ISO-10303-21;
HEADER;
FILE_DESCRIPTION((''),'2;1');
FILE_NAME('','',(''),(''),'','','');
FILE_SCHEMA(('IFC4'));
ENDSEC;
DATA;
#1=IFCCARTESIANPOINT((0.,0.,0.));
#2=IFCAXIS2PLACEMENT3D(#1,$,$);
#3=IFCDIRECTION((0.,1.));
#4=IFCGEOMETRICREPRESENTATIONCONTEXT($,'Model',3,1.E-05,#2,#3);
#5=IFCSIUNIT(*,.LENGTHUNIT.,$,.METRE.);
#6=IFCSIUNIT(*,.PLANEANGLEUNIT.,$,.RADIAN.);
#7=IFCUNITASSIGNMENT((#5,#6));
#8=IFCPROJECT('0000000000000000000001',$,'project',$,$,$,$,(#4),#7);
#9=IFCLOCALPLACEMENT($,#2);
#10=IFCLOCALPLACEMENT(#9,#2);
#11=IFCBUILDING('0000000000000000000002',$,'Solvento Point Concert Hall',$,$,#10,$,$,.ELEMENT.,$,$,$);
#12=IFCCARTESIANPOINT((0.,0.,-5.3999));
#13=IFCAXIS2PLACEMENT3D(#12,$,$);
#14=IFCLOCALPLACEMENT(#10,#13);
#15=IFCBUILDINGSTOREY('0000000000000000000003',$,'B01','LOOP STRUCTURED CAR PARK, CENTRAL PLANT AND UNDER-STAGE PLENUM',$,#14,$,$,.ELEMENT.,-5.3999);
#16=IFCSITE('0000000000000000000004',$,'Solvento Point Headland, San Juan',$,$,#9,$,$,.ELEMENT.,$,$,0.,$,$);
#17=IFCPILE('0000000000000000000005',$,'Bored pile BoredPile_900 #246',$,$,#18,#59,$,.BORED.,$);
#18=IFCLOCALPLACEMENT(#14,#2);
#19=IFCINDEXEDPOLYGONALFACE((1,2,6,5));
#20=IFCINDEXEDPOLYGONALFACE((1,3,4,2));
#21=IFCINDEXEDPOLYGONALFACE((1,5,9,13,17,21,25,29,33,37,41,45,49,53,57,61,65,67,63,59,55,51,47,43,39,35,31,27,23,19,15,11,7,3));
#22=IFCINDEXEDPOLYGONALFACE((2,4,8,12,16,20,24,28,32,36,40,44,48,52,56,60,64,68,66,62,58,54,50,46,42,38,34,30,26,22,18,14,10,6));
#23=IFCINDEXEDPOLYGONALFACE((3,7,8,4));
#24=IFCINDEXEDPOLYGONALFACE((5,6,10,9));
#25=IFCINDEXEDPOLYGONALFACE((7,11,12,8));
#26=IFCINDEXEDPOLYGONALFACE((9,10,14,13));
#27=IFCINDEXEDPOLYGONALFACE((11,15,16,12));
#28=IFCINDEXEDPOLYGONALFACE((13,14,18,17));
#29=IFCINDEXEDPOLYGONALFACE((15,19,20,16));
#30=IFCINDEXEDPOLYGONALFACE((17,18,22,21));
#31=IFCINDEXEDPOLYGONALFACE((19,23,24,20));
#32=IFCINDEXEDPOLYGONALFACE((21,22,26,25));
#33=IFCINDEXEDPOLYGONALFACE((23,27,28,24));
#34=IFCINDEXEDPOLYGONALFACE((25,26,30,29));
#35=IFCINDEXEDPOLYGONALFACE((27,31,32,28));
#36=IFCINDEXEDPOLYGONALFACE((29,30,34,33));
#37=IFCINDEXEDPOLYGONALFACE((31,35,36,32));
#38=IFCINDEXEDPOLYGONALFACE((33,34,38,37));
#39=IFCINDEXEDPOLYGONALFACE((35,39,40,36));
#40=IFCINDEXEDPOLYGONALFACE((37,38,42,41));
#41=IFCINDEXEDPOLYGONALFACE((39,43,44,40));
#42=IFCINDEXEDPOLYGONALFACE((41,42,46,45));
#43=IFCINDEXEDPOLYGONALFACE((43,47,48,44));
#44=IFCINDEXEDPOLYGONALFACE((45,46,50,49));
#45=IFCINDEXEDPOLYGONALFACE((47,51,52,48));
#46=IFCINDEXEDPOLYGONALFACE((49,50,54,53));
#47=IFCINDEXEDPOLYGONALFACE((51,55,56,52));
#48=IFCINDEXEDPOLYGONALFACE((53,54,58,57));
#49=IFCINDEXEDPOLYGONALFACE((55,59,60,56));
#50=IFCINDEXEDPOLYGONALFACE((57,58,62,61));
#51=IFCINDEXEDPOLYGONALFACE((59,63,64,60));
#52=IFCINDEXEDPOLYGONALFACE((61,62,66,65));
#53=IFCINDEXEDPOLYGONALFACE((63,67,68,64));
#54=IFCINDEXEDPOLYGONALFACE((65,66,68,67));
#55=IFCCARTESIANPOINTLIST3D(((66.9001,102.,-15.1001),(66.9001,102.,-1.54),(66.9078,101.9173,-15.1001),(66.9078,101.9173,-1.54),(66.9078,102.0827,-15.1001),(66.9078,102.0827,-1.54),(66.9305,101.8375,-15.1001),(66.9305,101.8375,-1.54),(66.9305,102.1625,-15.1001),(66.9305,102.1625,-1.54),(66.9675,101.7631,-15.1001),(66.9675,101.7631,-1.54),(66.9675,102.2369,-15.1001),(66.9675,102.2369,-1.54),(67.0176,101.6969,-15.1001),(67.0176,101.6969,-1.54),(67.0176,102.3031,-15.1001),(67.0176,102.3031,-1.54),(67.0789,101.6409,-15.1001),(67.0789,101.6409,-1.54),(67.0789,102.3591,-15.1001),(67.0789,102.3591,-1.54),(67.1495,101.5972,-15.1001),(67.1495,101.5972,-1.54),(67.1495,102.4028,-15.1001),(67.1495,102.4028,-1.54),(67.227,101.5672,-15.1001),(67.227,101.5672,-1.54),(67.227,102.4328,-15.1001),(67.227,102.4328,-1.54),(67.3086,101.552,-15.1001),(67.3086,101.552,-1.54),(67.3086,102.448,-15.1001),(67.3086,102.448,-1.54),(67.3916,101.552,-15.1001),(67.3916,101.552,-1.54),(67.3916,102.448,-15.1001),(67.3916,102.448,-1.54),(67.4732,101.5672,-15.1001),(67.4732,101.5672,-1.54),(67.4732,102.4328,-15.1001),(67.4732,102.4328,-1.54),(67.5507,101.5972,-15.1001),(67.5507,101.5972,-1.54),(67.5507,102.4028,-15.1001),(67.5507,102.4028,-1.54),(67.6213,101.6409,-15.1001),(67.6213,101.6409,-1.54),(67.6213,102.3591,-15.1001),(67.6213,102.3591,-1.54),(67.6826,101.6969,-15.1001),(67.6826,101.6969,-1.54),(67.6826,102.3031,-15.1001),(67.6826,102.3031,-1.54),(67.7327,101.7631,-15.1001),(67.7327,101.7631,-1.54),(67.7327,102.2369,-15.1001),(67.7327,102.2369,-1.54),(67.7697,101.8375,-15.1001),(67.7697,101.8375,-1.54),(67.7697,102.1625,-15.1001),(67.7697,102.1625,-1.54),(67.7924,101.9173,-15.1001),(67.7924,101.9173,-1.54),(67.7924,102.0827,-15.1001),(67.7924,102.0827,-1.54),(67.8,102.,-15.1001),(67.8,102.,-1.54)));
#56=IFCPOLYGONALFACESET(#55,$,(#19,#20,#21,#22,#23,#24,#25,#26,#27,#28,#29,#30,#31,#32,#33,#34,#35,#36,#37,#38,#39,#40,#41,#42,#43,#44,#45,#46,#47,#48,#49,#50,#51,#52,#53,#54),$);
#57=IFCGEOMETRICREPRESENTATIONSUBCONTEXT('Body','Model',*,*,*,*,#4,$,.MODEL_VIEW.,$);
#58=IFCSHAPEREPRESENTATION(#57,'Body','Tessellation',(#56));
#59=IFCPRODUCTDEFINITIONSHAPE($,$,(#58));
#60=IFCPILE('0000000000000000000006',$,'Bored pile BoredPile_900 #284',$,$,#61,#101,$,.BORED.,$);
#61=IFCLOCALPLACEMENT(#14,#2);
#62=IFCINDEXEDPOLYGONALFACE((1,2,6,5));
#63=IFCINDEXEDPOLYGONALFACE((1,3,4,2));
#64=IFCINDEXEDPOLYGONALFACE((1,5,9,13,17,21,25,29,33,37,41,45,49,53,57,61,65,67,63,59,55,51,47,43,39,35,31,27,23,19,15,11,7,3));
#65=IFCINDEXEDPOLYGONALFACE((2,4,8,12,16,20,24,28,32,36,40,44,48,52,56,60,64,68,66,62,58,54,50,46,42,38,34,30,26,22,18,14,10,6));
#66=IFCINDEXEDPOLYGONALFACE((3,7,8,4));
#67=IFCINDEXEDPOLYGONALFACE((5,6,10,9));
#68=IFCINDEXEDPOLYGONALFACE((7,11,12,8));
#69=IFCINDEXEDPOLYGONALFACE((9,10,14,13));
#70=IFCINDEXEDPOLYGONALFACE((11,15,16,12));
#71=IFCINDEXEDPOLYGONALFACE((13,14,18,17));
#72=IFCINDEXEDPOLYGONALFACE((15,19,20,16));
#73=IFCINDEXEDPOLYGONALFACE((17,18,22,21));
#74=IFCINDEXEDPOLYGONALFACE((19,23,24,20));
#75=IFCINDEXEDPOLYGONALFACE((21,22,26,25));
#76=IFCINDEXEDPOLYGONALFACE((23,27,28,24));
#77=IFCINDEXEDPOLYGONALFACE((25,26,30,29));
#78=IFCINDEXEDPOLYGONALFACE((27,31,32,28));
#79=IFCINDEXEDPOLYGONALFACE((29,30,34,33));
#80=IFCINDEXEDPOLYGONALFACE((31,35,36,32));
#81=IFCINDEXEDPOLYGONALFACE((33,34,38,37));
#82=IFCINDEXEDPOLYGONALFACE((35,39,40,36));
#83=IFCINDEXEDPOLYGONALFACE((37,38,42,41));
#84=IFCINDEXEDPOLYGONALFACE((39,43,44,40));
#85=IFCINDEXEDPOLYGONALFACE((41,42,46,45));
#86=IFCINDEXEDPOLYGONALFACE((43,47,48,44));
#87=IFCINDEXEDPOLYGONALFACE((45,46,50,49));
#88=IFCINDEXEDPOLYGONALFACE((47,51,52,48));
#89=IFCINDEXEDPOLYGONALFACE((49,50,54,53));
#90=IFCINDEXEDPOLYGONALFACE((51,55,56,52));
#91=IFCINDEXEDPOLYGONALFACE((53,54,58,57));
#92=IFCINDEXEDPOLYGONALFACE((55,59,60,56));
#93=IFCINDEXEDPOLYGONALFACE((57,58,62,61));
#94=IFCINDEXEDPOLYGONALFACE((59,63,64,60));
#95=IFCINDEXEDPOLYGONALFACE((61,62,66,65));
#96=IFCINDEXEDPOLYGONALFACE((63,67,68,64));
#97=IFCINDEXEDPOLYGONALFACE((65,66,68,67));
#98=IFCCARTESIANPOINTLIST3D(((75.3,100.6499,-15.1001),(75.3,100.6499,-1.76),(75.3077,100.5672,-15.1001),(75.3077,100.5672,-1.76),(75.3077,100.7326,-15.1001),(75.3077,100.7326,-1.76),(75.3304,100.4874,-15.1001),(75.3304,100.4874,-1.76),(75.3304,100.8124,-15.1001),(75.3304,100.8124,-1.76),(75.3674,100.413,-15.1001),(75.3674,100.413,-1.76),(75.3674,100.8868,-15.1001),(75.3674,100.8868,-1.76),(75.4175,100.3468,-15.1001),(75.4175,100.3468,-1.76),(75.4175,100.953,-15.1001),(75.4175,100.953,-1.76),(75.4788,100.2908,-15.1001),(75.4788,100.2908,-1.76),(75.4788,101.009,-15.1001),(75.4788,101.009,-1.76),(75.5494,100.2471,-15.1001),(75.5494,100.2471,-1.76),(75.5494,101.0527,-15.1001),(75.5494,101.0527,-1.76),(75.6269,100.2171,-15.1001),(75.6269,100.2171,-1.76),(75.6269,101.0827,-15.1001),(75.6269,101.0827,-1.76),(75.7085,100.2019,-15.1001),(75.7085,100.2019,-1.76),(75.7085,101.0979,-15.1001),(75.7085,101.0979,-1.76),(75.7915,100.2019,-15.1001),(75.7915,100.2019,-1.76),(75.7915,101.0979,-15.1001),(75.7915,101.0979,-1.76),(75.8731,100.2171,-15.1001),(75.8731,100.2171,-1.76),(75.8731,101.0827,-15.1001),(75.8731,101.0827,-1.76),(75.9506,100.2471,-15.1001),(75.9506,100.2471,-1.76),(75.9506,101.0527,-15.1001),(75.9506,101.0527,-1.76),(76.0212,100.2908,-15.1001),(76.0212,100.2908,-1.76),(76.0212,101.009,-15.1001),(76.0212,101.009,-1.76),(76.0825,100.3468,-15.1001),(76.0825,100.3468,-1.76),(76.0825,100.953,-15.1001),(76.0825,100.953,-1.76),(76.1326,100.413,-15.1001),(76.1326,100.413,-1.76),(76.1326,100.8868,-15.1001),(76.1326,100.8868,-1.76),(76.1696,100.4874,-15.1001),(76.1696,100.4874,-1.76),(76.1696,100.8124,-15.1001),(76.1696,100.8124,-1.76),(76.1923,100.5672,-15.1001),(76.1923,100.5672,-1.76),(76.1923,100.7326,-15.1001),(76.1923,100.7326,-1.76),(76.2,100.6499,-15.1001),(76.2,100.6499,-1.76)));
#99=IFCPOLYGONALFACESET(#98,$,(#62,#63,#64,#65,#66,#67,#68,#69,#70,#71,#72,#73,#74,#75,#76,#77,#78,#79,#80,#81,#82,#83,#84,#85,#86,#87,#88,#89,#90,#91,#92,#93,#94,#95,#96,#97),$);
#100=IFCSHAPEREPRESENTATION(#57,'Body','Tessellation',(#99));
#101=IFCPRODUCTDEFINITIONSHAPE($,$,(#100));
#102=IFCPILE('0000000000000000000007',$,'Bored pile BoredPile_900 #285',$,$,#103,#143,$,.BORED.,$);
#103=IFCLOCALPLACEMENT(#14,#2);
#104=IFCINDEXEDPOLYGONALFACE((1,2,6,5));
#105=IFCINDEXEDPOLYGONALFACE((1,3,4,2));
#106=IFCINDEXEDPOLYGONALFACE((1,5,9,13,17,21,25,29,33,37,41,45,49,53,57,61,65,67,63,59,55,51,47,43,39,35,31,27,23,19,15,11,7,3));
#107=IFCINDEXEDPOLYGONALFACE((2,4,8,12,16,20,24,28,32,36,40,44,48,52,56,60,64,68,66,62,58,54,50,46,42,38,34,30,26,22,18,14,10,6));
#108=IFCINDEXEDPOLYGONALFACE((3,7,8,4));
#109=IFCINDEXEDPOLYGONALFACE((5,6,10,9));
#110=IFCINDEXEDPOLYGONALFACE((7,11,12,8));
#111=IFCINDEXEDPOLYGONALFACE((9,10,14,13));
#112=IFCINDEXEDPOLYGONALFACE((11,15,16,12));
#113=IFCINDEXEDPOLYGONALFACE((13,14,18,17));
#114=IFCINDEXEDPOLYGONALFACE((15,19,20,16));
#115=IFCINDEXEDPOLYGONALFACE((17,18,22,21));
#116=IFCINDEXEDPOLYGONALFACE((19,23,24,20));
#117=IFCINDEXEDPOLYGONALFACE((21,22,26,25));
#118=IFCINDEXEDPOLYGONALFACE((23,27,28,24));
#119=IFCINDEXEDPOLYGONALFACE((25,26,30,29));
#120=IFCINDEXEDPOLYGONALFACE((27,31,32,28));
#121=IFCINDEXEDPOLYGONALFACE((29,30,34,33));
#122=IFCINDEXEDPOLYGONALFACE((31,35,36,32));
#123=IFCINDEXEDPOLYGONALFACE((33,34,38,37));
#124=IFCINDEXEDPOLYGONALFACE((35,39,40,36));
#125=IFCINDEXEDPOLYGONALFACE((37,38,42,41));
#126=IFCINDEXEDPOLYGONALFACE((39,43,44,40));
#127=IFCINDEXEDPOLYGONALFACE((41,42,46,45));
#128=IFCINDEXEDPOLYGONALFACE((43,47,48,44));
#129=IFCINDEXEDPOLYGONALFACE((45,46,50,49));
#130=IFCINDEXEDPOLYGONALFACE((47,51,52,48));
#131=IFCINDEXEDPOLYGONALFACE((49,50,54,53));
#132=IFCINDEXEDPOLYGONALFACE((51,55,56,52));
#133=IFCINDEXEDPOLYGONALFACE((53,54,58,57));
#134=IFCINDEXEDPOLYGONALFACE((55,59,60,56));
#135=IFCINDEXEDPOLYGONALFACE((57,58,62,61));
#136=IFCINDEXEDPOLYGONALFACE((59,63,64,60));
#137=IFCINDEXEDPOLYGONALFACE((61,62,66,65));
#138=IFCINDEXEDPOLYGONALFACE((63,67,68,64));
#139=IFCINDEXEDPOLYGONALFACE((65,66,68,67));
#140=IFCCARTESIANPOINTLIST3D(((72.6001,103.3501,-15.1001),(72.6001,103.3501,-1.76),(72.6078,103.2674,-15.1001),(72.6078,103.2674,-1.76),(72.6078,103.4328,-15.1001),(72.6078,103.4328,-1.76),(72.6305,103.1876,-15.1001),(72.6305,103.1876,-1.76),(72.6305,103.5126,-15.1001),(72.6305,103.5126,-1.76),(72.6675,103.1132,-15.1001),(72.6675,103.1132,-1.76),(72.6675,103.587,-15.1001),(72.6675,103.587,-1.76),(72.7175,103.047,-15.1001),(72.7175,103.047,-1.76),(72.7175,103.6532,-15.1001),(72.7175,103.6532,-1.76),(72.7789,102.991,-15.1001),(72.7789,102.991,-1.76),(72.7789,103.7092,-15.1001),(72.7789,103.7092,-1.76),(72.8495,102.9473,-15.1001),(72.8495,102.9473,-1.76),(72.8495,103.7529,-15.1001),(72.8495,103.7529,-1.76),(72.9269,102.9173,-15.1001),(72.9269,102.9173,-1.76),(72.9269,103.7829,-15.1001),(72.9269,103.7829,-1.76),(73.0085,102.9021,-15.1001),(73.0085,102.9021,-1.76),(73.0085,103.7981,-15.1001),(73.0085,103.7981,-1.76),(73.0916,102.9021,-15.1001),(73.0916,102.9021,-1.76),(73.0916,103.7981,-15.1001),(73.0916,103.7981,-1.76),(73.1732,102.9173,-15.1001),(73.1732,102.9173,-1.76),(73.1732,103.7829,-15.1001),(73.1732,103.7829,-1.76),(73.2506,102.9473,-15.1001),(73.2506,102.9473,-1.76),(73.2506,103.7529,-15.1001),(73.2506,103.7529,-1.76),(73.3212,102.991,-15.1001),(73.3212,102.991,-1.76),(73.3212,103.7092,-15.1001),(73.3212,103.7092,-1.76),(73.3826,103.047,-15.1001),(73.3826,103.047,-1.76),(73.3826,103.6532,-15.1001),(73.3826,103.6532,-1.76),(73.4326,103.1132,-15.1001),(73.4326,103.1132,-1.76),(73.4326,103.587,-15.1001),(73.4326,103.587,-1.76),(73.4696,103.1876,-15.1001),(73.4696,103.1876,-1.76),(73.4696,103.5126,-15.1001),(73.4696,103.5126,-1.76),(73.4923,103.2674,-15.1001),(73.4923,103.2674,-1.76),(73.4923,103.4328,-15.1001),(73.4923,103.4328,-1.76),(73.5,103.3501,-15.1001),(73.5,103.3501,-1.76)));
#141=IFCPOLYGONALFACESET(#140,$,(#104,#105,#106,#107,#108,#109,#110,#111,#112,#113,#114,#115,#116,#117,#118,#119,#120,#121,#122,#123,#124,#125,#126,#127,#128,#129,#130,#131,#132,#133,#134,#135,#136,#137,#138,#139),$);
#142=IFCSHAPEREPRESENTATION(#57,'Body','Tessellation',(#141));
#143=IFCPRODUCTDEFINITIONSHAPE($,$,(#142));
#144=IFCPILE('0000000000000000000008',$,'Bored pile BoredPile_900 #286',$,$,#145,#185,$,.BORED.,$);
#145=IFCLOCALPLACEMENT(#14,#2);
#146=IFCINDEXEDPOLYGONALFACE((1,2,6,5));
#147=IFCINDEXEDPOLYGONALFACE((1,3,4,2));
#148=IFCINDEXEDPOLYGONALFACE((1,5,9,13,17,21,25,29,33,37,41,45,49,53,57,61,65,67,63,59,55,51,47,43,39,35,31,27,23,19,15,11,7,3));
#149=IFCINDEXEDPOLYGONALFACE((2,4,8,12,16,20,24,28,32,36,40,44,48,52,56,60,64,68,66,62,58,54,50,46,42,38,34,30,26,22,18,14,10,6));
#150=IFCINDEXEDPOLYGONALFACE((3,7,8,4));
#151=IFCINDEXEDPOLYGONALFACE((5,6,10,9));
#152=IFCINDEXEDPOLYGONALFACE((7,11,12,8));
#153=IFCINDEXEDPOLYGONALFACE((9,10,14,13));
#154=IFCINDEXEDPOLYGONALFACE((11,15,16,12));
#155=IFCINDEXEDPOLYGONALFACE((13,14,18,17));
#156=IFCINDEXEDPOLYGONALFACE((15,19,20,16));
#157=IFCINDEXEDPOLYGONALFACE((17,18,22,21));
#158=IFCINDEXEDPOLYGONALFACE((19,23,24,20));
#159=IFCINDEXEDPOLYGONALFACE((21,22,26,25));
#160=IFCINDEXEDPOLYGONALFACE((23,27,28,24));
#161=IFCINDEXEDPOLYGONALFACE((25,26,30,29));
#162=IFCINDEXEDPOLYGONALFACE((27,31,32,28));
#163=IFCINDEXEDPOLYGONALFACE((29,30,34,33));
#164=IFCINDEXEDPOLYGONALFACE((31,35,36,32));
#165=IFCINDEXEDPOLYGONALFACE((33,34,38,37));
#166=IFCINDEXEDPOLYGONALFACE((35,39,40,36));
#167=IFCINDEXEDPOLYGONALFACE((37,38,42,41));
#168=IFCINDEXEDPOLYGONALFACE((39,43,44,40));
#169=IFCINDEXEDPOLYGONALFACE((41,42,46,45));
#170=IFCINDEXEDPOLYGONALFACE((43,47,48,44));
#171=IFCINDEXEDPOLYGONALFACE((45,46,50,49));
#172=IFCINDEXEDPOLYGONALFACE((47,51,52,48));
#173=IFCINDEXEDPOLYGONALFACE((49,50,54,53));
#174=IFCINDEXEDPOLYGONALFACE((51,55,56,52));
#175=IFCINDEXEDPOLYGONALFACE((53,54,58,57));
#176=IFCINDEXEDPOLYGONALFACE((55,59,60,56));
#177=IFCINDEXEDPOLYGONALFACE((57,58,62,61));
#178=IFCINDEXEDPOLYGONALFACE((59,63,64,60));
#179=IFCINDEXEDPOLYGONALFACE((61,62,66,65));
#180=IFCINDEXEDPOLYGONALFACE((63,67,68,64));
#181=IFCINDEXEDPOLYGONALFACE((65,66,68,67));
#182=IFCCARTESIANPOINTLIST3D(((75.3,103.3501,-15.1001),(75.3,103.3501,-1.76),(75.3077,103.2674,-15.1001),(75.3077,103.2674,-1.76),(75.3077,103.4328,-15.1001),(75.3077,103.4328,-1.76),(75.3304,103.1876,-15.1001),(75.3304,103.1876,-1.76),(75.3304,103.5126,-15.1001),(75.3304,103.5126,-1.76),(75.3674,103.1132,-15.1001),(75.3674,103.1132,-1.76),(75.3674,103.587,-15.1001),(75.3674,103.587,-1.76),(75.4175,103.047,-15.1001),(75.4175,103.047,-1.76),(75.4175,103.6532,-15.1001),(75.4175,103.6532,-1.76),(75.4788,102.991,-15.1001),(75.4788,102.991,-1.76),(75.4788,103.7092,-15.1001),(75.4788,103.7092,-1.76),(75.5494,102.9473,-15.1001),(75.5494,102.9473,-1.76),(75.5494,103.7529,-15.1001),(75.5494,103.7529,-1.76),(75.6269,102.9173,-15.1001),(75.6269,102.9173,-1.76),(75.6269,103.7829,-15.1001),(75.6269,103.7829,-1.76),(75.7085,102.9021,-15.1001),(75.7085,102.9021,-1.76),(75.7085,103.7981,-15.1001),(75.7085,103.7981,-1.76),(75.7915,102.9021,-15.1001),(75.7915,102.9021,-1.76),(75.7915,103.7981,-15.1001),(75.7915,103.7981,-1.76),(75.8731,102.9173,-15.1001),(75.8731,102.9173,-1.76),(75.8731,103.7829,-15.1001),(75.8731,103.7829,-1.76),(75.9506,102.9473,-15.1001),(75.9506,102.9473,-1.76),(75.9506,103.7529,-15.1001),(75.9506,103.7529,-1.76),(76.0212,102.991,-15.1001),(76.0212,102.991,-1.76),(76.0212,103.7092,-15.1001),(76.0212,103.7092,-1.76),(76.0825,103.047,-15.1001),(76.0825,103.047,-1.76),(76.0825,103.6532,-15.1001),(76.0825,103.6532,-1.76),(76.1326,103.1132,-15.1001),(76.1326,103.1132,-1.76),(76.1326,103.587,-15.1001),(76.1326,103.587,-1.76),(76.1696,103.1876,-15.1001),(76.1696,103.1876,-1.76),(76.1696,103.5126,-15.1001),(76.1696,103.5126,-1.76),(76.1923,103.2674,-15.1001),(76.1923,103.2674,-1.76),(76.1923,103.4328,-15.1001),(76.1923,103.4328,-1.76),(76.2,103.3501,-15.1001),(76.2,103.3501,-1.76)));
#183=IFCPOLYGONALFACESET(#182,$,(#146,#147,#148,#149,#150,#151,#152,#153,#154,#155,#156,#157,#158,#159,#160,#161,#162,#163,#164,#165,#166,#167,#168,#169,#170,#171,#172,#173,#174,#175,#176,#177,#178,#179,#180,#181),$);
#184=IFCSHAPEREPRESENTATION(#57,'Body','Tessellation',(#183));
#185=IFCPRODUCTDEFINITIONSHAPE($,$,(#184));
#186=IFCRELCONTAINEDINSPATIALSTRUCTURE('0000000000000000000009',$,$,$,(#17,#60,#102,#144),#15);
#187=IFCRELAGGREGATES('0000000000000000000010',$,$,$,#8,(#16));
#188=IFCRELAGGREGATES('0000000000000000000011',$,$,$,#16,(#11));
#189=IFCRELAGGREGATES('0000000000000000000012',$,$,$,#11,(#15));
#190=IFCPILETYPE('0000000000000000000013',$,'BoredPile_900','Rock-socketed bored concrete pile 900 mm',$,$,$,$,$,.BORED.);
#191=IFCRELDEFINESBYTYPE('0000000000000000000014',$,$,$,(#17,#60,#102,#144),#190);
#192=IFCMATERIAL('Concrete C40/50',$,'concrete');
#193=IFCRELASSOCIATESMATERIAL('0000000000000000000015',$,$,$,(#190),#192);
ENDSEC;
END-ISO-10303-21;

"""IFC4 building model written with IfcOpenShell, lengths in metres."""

from ifc_helpers import new_model, si_unit, direction, frame, origin, origin_2d, place, context, subcontext, project, spatial, circle, extrude, material, material_profile, profile_set, type_object, element, save


model = new_model("IFC4")

# Units and contexts
model_context = context("Model", 3, precision=1e-05, world=origin(), true_north=direction((0.0, 1.0)))
body_context = subcontext(model_context, "Body", "Model", "MODEL_VIEW")
ifc_project = project(units=[si_unit("LENGTHUNIT", "METRE"), si_unit("PLANEANGLEUNIT", "RADIAN")], contexts=[model_context])

# Site, building, storey
site_placement = place(None, origin())
site = spatial("IfcSite", under=ifc_project, at=site_placement, Name="Solvento Point Headland, San Juan", CompositionType="ELEMENT", RefElevation=0.0)
building_placement = place(site_placement, origin())
building = spatial("IfcBuilding", under=site, at=building_placement, Name="Solvento Point Concert Hall", CompositionType="ELEMENT")
storey_placement = place(building_placement, frame((0.0, 0.0, -5.3999)))
storey = spatial("IfcBuildingStorey", under=building, at=storey_placement, Name="B01", Description="LOOP STRUCTURED CAR PARK, CENTRAL PLANT AND UNDER-STAGE PLENUM", CompositionType="ELEMENT", Elevation=-5.3999)

# Piles
ifc_material_1 = material(Name="Concrete C40/50", Category="concrete")
ifc_material_profile_1 = material_profile(ifc_material_1, circle(Radius=0.45, at=origin_2d()), Name="BP-900")
ifc_profile_set_1 = profile_set([ifc_material_profile_1], Name="Concrete C40/50")
pile_type_1 = type_object("IfcPileType", Name="BoredPile_900", Description="Rock-socketed bored concrete pile 900 mm", PredefinedType="BORED", material=ifc_profile_set_1)
for number, where, z_axis, x_axis, name in (
    (1, (67.3501, 102.0, -1.54), (0.0, 0.0, -1.0), (1.0, 0.0, 0.0), "Bored pile BoredPile_900 #246"),
):
    element("IfcPile", number, at=place(storey_placement, frame(where, z_axis=z_axis, x_axis=x_axis)), inside=storey, type_object=pile_type_1, Name=name, PredefinedType="BORED", context=body_context, shape_type="SweptSolid", body=[
        extrude(circle(Radius=0.45, at=origin_2d()), origin(), (0.0, 0.0, 1.0), 13.5601),
    ])
for number, where, z_axis, x_axis, name in (
    (2, (75.75, 100.6499, -1.76), (0.0, 0.0, -1.0), (1.0, 0.0, 0.0), "Bored pile BoredPile_900 #284"),
    (3, (73.05, 103.3501, -1.76), (0.0, 0.0, -1.0), (1.0, 0.0, 0.0), "Bored pile BoredPile_900 #285"),
    (4, (75.75, 103.3501, -1.76), (0.0, 0.0, -1.0), (1.0, 0.0, 0.0), "Bored pile BoredPile_900 #286"),
):
    element("IfcPile", number, at=place(storey_placement, frame(where, z_axis=z_axis, x_axis=x_axis)), inside=storey, type_object=pile_type_1, Name=name, PredefinedType="BORED", context=body_context, shape_type="SweptSolid", body=[
        extrude(circle(Radius=0.45, at=origin_2d()), origin(), (0.0, 0.0, 1.0), 13.3401),
    ])

save(model, "model.ifc")
